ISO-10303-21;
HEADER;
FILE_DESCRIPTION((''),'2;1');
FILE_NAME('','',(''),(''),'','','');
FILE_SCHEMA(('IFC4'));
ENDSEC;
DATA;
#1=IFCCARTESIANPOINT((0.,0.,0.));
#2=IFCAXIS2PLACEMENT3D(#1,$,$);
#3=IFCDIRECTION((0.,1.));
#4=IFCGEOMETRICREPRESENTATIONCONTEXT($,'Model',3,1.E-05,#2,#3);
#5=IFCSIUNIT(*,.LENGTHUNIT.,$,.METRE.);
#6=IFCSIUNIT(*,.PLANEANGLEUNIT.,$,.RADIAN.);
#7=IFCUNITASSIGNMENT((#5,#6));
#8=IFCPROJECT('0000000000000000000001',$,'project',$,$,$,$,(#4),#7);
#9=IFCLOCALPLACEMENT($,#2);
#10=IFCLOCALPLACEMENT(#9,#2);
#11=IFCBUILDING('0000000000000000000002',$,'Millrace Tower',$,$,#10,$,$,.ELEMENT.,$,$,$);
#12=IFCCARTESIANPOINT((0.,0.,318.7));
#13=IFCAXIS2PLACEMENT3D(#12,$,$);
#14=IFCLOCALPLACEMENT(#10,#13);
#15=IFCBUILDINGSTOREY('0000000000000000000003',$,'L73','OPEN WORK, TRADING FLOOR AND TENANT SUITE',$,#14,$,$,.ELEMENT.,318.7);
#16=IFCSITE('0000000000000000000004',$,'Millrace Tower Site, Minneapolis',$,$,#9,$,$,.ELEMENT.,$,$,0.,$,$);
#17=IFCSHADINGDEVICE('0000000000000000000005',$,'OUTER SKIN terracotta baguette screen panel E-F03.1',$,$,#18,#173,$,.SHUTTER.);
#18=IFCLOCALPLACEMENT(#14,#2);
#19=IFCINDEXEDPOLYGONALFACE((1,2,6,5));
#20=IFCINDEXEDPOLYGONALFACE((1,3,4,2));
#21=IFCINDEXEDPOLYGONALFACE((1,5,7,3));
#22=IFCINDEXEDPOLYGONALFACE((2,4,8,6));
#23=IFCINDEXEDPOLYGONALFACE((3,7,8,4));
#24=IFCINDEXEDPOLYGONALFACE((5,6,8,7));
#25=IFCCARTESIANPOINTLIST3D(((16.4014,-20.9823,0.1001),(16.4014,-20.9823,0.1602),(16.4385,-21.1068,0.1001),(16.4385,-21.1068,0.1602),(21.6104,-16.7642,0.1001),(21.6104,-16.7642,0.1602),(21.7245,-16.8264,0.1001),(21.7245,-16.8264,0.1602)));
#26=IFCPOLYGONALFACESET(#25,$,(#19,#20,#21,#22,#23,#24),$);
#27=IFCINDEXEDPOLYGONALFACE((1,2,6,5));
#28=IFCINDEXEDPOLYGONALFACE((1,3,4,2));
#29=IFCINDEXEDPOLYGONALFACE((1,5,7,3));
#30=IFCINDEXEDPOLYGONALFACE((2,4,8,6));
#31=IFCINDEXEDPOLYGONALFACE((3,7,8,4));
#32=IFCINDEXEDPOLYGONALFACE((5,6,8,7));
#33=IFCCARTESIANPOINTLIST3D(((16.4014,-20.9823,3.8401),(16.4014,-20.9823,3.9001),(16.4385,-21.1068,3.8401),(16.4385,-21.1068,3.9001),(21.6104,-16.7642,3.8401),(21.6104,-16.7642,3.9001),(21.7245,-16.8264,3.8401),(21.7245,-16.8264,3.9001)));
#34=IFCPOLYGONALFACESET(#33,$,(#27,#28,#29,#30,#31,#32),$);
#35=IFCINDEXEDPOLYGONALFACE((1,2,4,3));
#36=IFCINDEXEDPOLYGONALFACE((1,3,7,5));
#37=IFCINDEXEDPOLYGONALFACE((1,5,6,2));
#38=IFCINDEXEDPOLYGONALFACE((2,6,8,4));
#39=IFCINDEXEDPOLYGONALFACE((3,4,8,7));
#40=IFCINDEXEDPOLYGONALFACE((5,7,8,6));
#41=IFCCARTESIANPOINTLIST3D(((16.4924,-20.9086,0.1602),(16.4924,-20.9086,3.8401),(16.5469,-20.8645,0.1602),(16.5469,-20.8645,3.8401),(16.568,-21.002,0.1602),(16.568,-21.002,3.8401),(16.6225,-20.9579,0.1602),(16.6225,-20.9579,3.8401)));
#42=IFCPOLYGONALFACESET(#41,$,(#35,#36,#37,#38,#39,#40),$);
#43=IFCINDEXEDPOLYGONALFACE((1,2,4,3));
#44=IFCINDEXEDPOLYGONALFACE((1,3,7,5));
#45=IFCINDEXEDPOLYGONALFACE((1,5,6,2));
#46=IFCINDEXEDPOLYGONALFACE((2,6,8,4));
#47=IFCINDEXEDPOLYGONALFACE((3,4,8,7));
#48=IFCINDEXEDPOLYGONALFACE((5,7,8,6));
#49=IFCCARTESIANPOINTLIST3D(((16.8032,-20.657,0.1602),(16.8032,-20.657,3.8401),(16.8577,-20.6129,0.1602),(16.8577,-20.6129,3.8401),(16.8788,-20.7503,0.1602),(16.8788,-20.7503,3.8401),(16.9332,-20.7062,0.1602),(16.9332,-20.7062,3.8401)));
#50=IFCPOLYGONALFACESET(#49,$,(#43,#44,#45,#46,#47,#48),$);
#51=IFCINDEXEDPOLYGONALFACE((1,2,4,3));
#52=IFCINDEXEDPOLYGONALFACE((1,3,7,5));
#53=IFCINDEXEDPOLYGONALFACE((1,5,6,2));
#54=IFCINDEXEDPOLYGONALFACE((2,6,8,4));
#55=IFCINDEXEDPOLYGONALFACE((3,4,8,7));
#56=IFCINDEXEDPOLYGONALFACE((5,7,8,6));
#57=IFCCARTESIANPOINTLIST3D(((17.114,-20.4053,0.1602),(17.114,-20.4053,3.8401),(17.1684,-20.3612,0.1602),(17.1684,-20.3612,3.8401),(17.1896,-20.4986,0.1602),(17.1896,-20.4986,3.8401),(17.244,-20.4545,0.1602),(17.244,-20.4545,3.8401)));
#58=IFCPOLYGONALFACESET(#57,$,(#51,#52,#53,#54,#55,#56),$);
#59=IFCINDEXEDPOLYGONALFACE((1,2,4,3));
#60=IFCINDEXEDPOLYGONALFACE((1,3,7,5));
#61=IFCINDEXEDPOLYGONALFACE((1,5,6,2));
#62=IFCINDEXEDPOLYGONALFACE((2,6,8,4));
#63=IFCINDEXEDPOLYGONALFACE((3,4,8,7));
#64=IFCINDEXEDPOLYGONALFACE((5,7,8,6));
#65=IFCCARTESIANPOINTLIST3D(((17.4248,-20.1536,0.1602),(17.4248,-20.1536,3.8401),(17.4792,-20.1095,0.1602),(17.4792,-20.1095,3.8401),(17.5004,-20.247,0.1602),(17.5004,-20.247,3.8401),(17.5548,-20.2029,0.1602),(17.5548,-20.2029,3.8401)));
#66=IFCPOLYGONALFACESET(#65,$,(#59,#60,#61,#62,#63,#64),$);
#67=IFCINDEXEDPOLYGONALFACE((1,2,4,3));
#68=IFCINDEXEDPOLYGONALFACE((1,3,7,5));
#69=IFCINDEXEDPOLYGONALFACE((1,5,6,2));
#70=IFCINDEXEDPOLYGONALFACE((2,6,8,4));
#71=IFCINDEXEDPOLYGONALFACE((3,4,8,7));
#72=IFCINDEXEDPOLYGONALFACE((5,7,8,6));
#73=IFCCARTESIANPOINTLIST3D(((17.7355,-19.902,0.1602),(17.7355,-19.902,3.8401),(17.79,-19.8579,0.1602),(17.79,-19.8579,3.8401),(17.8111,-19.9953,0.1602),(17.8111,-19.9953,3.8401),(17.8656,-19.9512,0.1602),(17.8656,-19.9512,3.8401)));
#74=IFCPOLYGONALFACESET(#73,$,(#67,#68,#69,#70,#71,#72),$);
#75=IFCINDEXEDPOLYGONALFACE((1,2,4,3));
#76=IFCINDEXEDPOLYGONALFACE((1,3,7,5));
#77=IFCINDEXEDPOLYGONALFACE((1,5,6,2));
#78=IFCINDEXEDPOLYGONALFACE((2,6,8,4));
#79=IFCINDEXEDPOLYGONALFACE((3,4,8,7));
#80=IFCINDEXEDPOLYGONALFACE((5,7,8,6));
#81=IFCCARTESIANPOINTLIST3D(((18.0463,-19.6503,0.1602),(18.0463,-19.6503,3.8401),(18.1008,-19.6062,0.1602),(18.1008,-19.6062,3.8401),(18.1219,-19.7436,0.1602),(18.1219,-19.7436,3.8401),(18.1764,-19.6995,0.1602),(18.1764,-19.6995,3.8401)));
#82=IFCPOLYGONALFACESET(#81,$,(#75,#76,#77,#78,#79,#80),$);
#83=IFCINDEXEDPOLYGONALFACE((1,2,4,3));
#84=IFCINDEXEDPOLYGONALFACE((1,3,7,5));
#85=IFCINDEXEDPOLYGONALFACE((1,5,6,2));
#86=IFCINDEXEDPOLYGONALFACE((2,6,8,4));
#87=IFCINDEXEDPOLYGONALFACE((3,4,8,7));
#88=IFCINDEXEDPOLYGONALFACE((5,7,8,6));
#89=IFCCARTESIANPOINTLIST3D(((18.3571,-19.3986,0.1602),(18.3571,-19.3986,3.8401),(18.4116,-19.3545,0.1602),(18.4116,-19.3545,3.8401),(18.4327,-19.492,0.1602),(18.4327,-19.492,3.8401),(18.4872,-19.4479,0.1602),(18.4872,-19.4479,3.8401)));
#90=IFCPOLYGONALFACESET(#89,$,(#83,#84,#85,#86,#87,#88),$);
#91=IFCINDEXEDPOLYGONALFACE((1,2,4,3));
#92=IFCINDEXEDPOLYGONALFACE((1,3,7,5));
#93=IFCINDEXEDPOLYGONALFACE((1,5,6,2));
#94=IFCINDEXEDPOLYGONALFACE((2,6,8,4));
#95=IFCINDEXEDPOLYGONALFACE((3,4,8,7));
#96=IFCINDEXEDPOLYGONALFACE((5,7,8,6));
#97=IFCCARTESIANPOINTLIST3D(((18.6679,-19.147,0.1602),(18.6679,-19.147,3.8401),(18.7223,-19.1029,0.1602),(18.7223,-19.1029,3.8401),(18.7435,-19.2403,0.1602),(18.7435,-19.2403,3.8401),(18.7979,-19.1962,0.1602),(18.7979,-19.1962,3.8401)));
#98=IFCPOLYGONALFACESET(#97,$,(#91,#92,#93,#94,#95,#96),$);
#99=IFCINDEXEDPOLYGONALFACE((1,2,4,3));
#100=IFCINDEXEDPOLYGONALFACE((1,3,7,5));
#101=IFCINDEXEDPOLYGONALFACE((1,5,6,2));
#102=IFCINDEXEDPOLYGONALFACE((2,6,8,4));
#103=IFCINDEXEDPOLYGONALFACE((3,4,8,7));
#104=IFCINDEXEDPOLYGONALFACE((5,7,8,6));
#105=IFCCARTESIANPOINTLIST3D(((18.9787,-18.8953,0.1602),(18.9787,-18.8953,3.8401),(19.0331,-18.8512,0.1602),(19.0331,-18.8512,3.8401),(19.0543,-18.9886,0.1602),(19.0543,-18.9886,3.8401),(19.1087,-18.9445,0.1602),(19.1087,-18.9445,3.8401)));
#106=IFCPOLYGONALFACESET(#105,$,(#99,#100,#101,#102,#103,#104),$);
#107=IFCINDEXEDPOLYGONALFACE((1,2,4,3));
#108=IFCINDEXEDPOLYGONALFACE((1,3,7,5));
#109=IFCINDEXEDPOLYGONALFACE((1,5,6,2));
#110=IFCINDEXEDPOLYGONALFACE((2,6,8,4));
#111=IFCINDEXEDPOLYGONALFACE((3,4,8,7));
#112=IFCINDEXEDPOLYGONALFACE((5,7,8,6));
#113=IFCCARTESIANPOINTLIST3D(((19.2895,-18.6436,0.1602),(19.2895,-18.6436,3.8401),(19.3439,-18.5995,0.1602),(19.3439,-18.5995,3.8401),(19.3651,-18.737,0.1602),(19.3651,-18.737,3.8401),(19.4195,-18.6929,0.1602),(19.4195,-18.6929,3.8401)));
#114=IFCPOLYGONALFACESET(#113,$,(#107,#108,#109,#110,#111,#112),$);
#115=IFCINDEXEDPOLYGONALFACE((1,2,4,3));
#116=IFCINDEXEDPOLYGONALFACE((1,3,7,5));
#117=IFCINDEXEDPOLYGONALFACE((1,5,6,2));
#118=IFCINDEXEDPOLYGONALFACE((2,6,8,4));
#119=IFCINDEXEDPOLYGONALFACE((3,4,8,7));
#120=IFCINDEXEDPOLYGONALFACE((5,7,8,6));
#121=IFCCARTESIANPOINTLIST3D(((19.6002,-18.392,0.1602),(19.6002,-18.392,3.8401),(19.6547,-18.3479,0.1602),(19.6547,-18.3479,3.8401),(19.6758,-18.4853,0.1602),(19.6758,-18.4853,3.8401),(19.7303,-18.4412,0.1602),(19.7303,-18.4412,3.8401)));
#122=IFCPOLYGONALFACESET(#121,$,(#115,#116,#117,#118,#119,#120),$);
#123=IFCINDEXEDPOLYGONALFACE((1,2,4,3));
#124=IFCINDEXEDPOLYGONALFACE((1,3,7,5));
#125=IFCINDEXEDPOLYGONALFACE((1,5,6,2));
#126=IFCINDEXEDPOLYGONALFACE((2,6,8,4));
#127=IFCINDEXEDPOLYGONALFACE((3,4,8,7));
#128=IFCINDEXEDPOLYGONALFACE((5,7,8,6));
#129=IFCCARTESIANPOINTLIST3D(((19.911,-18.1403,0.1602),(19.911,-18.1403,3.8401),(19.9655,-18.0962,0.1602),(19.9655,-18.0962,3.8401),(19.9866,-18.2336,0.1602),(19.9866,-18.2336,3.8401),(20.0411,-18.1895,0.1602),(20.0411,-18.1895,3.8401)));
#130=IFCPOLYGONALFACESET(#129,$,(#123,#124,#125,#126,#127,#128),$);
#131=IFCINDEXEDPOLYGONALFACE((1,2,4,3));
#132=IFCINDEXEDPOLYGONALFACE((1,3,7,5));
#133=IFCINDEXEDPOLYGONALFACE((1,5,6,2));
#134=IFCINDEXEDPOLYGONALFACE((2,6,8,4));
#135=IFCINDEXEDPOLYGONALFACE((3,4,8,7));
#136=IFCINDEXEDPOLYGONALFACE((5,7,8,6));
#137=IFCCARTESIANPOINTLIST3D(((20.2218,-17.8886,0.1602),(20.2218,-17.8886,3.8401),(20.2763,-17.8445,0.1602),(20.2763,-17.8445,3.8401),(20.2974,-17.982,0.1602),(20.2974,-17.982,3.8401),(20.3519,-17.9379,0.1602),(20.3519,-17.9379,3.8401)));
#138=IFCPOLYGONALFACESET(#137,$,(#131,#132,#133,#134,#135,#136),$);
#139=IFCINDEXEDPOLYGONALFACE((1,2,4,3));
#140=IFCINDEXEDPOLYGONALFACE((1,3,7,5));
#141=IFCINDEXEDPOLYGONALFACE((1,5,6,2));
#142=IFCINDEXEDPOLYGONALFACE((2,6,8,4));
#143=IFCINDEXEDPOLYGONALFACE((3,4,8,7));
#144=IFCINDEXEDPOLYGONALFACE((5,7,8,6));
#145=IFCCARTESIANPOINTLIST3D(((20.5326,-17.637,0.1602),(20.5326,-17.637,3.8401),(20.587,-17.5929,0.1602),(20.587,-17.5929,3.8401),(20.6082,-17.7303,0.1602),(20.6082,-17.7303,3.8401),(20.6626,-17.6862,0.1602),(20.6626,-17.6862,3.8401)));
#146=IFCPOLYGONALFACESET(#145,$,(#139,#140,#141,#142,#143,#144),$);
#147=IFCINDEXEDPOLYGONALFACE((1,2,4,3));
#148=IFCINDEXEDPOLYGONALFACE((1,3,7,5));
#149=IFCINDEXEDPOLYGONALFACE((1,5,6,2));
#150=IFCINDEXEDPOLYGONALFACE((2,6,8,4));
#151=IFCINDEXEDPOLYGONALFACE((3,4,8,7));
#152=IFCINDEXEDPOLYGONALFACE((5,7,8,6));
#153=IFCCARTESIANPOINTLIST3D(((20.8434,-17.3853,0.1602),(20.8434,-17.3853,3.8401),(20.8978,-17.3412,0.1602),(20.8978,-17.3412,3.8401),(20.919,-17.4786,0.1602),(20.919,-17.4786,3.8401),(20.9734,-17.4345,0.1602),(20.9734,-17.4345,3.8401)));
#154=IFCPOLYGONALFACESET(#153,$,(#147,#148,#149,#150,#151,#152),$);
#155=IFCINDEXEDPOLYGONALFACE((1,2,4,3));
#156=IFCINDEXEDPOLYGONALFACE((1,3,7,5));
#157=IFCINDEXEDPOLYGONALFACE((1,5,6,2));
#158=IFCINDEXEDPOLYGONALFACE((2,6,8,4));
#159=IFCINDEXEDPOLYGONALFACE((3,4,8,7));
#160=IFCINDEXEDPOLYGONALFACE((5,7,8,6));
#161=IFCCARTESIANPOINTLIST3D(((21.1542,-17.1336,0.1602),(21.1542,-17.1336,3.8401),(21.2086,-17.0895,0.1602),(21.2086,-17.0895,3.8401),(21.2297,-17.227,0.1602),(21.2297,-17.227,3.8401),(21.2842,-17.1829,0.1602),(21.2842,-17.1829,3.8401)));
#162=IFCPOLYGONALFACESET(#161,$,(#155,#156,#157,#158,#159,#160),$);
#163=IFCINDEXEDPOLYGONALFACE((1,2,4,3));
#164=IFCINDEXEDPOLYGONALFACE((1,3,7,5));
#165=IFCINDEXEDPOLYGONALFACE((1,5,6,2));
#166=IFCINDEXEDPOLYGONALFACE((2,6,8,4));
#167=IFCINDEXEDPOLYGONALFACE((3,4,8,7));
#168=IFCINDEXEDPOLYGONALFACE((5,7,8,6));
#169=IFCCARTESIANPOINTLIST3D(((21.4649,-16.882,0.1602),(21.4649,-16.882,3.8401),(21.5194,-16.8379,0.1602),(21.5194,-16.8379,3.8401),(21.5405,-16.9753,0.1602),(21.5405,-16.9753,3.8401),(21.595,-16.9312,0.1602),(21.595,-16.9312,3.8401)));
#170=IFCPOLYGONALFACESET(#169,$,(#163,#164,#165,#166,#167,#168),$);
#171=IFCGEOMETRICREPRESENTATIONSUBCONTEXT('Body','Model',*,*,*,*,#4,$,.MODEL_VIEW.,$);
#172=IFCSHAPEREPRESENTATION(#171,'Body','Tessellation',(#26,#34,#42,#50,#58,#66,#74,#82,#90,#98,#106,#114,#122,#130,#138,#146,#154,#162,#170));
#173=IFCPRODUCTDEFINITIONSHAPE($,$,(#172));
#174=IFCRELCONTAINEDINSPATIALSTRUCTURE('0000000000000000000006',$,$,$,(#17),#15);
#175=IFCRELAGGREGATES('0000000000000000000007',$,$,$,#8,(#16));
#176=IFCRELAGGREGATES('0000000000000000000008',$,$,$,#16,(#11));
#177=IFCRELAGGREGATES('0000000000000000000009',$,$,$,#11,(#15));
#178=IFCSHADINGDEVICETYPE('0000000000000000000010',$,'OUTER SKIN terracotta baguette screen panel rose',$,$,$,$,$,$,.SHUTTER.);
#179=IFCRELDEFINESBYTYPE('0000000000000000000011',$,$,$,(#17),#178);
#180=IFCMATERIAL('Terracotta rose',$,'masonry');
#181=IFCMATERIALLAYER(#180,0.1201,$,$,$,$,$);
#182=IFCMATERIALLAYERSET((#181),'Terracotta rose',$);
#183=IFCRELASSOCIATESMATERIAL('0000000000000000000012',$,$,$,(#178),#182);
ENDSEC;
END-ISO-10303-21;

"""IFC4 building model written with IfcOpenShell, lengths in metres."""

from ifc_helpers import new_model, entity, si_unit, direction, frame, frame_2d, origin, origin_2d, place, context, subcontext, project, spatial, rectangle, extrude, source, transform, mapped, material, layer, layer_set, type_object, element, save


model = new_model("IFC4")

# Units and contexts
model_context = context("Model", 3, precision=1e-05, world=origin(), true_north=direction((0.0, 1.0)))
body_context = subcontext(model_context, "Body", "Model", "MODEL_VIEW")
ifc_project = project(units=[si_unit("LENGTHUNIT", "METRE"), si_unit("PLANEANGLEUNIT", "RADIAN")], contexts=[model_context])

# Site, building, storey
site_placement = place(None, origin())
site = spatial("IfcSite", under=ifc_project, at=site_placement, Name="Millrace Tower Site, Minneapolis", CompositionType="ELEMENT", RefElevation=0.0)
building_placement = place(site_placement, origin())
building = spatial("IfcBuilding", under=site, at=building_placement, Name="Millrace Tower", CompositionType="ELEMENT")
storey_placement = place(building_placement, frame((0.0, 0.0, 318.7)))
storey = spatial("IfcBuildingStorey", under=building, at=storey_placement, Name="L73", Description="OPEN WORK, TRADING FLOOR AND TENANT SUITE", CompositionType="ELEMENT", Elevation=318.7)

# Shading device
ifc_material_1 = material(Name="Terracotta rose", Category="masonry")
ifc_layer_1 = layer(ifc_material_1, 0.1201)
ifc_layer_set_1 = layer_set([ifc_layer_1], Name="Terracotta rose")
shading_device_type = type_object("IfcShadingDeviceType", Name="OUTER SKIN terracotta baguette screen panel rose", PredefinedType="SHUTTER", material=ifc_layer_set_1)
cartesian_point_1 = entity("IfcCartesianPoint", [-3.3513, 0.0601])
shared_polyline_1 = entity("IfcPolyline", [cartesian_point_1, entity("IfcCartesianPoint", [3.3513, 0.0601]), entity("IfcCartesianPoint", [3.4009, -0.0601]), entity("IfcCartesianPoint", [-3.4009, -0.0601]), cartesian_point_1])
shared_shape_1 = source(origin(), body_context, "Body", "SweptSolid", [
    entity("IfcExtrudedAreaSolid", entity("IfcArbitraryClosedProfileDef", "AREA", None, shared_polyline_1), entity("IfcAxis2Placement3D", entity("IfcCartesianPoint", [0.0, 0.0, 0.0])), entity("IfcDirection", [0.0, 0.0, 1.0]), 0.0601),
    entity("IfcExtrudedAreaSolid", entity("IfcArbitraryClosedProfileDef", "AREA", None, shared_polyline_1), entity("IfcAxis2Placement3D", entity("IfcCartesianPoint", [0.0, 0.0, 3.74])), entity("IfcDirection", [0.0, 0.0, 1.0]), 0.0601),
    extrude(rectangle(XDim=0.0701, YDim=0.1201, at=frame_2d((-3.1992, 0.0))), frame((0.0, 0.0, 0.0601)), (0.0, 0.0, 1.0), 3.6799),
    extrude(rectangle(XDim=0.0701, YDim=0.1201, at=frame_2d((-2.7993, 0.0))), frame((0.0, 0.0, 0.0601)), (0.0, 0.0, 1.0), 3.6799),
    extrude(rectangle(XDim=0.0701, YDim=0.1201, at=frame_2d((-2.3994, 0.0))), frame((0.0, 0.0, 0.0601)), (0.0, 0.0, 1.0), 3.6799),
    extrude(rectangle(XDim=0.0701, YDim=0.1201, at=frame_2d((-1.9995, 0.0))), frame((0.0, 0.0, 0.0601)), (0.0, 0.0, 1.0), 3.6799),
    extrude(rectangle(XDim=0.0701, YDim=0.1201, at=frame_2d((-1.5996, 0.0))), frame((0.0, 0.0, 0.0601)), (0.0, 0.0, 1.0), 3.6799),
    extrude(rectangle(XDim=0.0701, YDim=0.1201, at=frame_2d((-1.1997, 0.0))), frame((0.0, 0.0, 0.0601)), (0.0, 0.0, 1.0), 3.6799),
    extrude(rectangle(XDim=0.0701, YDim=0.1201, at=frame_2d((-0.7998, 0.0))), frame((0.0, 0.0, 0.0601)), (0.0, 0.0, 1.0), 3.6799),
    extrude(rectangle(XDim=0.0701, YDim=0.1201, at=frame_2d((-0.3999, 0.0))), frame((0.0, 0.0, 0.0601)), (0.0, 0.0, 1.0), 3.6799),
    extrude(rectangle(XDim=0.0701, YDim=0.1201, at=origin_2d()), frame((0.0, 0.0, 0.0601)), (0.0, 0.0, 1.0), 3.6799),
    extrude(rectangle(XDim=0.0701, YDim=0.1201, at=frame_2d((0.3999, 0.0))), frame((0.0, 0.0, 0.0601)), (0.0, 0.0, 1.0), 3.6799),
    extrude(rectangle(XDim=0.0701, YDim=0.1201, at=frame_2d((0.7998, 0.0))), frame((0.0, 0.0, 0.0601)), (0.0, 0.0, 1.0), 3.6799),
    extrude(rectangle(XDim=0.0701, YDim=0.1201, at=frame_2d((1.1997, 0.0))), frame((0.0, 0.0, 0.0601)), (0.0, 0.0, 1.0), 3.6799),
    extrude(rectangle(XDim=0.0701, YDim=0.1201, at=frame_2d((1.5996, 0.0))), frame((0.0, 0.0, 0.0601)), (0.0, 0.0, 1.0), 3.6799),
    extrude(rectangle(XDim=0.0701, YDim=0.1201, at=frame_2d((1.9995, 0.0))), frame((0.0, 0.0, 0.0601)), (0.0, 0.0, 1.0), 3.6799),
    extrude(rectangle(XDim=0.0701, YDim=0.1201, at=frame_2d((2.3994, 0.0))), frame((0.0, 0.0, 0.0601)), (0.0, 0.0, 1.0), 3.6799),
    extrude(rectangle(XDim=0.0701, YDim=0.1201, at=frame_2d((2.7993, 0.0))), frame((0.0, 0.0, 0.0601)), (0.0, 0.0, 1.0), 3.6799),
    extrude(rectangle(XDim=0.0701, YDim=0.1201, at=frame_2d((3.1992, 0.0))), frame((0.0, 0.0, 0.0601)), (0.0, 0.0, 1.0), 3.6799),
])
shading_device_1_placement = place(storey_placement, frame((19.0437, -18.9199, 0.1001), z_axis=(0.0, 0.0, 1.0), x_axis=(0.777146, 0.62932, 0.0)))
element("IfcShadingDevice", 1, at=shading_device_1_placement, inside=storey, type_object=shading_device_type, Name="OUTER SKIN terracotta baguette screen panel E-F03.1", PredefinedType="SHUTTER", context=body_context, shape_type="MappedRepresentation", body=[
    mapped(shared_shape_1, transform((0.0, 0.0, 0.0), scale=1.0)),
])

save(model, "model.ifc")
